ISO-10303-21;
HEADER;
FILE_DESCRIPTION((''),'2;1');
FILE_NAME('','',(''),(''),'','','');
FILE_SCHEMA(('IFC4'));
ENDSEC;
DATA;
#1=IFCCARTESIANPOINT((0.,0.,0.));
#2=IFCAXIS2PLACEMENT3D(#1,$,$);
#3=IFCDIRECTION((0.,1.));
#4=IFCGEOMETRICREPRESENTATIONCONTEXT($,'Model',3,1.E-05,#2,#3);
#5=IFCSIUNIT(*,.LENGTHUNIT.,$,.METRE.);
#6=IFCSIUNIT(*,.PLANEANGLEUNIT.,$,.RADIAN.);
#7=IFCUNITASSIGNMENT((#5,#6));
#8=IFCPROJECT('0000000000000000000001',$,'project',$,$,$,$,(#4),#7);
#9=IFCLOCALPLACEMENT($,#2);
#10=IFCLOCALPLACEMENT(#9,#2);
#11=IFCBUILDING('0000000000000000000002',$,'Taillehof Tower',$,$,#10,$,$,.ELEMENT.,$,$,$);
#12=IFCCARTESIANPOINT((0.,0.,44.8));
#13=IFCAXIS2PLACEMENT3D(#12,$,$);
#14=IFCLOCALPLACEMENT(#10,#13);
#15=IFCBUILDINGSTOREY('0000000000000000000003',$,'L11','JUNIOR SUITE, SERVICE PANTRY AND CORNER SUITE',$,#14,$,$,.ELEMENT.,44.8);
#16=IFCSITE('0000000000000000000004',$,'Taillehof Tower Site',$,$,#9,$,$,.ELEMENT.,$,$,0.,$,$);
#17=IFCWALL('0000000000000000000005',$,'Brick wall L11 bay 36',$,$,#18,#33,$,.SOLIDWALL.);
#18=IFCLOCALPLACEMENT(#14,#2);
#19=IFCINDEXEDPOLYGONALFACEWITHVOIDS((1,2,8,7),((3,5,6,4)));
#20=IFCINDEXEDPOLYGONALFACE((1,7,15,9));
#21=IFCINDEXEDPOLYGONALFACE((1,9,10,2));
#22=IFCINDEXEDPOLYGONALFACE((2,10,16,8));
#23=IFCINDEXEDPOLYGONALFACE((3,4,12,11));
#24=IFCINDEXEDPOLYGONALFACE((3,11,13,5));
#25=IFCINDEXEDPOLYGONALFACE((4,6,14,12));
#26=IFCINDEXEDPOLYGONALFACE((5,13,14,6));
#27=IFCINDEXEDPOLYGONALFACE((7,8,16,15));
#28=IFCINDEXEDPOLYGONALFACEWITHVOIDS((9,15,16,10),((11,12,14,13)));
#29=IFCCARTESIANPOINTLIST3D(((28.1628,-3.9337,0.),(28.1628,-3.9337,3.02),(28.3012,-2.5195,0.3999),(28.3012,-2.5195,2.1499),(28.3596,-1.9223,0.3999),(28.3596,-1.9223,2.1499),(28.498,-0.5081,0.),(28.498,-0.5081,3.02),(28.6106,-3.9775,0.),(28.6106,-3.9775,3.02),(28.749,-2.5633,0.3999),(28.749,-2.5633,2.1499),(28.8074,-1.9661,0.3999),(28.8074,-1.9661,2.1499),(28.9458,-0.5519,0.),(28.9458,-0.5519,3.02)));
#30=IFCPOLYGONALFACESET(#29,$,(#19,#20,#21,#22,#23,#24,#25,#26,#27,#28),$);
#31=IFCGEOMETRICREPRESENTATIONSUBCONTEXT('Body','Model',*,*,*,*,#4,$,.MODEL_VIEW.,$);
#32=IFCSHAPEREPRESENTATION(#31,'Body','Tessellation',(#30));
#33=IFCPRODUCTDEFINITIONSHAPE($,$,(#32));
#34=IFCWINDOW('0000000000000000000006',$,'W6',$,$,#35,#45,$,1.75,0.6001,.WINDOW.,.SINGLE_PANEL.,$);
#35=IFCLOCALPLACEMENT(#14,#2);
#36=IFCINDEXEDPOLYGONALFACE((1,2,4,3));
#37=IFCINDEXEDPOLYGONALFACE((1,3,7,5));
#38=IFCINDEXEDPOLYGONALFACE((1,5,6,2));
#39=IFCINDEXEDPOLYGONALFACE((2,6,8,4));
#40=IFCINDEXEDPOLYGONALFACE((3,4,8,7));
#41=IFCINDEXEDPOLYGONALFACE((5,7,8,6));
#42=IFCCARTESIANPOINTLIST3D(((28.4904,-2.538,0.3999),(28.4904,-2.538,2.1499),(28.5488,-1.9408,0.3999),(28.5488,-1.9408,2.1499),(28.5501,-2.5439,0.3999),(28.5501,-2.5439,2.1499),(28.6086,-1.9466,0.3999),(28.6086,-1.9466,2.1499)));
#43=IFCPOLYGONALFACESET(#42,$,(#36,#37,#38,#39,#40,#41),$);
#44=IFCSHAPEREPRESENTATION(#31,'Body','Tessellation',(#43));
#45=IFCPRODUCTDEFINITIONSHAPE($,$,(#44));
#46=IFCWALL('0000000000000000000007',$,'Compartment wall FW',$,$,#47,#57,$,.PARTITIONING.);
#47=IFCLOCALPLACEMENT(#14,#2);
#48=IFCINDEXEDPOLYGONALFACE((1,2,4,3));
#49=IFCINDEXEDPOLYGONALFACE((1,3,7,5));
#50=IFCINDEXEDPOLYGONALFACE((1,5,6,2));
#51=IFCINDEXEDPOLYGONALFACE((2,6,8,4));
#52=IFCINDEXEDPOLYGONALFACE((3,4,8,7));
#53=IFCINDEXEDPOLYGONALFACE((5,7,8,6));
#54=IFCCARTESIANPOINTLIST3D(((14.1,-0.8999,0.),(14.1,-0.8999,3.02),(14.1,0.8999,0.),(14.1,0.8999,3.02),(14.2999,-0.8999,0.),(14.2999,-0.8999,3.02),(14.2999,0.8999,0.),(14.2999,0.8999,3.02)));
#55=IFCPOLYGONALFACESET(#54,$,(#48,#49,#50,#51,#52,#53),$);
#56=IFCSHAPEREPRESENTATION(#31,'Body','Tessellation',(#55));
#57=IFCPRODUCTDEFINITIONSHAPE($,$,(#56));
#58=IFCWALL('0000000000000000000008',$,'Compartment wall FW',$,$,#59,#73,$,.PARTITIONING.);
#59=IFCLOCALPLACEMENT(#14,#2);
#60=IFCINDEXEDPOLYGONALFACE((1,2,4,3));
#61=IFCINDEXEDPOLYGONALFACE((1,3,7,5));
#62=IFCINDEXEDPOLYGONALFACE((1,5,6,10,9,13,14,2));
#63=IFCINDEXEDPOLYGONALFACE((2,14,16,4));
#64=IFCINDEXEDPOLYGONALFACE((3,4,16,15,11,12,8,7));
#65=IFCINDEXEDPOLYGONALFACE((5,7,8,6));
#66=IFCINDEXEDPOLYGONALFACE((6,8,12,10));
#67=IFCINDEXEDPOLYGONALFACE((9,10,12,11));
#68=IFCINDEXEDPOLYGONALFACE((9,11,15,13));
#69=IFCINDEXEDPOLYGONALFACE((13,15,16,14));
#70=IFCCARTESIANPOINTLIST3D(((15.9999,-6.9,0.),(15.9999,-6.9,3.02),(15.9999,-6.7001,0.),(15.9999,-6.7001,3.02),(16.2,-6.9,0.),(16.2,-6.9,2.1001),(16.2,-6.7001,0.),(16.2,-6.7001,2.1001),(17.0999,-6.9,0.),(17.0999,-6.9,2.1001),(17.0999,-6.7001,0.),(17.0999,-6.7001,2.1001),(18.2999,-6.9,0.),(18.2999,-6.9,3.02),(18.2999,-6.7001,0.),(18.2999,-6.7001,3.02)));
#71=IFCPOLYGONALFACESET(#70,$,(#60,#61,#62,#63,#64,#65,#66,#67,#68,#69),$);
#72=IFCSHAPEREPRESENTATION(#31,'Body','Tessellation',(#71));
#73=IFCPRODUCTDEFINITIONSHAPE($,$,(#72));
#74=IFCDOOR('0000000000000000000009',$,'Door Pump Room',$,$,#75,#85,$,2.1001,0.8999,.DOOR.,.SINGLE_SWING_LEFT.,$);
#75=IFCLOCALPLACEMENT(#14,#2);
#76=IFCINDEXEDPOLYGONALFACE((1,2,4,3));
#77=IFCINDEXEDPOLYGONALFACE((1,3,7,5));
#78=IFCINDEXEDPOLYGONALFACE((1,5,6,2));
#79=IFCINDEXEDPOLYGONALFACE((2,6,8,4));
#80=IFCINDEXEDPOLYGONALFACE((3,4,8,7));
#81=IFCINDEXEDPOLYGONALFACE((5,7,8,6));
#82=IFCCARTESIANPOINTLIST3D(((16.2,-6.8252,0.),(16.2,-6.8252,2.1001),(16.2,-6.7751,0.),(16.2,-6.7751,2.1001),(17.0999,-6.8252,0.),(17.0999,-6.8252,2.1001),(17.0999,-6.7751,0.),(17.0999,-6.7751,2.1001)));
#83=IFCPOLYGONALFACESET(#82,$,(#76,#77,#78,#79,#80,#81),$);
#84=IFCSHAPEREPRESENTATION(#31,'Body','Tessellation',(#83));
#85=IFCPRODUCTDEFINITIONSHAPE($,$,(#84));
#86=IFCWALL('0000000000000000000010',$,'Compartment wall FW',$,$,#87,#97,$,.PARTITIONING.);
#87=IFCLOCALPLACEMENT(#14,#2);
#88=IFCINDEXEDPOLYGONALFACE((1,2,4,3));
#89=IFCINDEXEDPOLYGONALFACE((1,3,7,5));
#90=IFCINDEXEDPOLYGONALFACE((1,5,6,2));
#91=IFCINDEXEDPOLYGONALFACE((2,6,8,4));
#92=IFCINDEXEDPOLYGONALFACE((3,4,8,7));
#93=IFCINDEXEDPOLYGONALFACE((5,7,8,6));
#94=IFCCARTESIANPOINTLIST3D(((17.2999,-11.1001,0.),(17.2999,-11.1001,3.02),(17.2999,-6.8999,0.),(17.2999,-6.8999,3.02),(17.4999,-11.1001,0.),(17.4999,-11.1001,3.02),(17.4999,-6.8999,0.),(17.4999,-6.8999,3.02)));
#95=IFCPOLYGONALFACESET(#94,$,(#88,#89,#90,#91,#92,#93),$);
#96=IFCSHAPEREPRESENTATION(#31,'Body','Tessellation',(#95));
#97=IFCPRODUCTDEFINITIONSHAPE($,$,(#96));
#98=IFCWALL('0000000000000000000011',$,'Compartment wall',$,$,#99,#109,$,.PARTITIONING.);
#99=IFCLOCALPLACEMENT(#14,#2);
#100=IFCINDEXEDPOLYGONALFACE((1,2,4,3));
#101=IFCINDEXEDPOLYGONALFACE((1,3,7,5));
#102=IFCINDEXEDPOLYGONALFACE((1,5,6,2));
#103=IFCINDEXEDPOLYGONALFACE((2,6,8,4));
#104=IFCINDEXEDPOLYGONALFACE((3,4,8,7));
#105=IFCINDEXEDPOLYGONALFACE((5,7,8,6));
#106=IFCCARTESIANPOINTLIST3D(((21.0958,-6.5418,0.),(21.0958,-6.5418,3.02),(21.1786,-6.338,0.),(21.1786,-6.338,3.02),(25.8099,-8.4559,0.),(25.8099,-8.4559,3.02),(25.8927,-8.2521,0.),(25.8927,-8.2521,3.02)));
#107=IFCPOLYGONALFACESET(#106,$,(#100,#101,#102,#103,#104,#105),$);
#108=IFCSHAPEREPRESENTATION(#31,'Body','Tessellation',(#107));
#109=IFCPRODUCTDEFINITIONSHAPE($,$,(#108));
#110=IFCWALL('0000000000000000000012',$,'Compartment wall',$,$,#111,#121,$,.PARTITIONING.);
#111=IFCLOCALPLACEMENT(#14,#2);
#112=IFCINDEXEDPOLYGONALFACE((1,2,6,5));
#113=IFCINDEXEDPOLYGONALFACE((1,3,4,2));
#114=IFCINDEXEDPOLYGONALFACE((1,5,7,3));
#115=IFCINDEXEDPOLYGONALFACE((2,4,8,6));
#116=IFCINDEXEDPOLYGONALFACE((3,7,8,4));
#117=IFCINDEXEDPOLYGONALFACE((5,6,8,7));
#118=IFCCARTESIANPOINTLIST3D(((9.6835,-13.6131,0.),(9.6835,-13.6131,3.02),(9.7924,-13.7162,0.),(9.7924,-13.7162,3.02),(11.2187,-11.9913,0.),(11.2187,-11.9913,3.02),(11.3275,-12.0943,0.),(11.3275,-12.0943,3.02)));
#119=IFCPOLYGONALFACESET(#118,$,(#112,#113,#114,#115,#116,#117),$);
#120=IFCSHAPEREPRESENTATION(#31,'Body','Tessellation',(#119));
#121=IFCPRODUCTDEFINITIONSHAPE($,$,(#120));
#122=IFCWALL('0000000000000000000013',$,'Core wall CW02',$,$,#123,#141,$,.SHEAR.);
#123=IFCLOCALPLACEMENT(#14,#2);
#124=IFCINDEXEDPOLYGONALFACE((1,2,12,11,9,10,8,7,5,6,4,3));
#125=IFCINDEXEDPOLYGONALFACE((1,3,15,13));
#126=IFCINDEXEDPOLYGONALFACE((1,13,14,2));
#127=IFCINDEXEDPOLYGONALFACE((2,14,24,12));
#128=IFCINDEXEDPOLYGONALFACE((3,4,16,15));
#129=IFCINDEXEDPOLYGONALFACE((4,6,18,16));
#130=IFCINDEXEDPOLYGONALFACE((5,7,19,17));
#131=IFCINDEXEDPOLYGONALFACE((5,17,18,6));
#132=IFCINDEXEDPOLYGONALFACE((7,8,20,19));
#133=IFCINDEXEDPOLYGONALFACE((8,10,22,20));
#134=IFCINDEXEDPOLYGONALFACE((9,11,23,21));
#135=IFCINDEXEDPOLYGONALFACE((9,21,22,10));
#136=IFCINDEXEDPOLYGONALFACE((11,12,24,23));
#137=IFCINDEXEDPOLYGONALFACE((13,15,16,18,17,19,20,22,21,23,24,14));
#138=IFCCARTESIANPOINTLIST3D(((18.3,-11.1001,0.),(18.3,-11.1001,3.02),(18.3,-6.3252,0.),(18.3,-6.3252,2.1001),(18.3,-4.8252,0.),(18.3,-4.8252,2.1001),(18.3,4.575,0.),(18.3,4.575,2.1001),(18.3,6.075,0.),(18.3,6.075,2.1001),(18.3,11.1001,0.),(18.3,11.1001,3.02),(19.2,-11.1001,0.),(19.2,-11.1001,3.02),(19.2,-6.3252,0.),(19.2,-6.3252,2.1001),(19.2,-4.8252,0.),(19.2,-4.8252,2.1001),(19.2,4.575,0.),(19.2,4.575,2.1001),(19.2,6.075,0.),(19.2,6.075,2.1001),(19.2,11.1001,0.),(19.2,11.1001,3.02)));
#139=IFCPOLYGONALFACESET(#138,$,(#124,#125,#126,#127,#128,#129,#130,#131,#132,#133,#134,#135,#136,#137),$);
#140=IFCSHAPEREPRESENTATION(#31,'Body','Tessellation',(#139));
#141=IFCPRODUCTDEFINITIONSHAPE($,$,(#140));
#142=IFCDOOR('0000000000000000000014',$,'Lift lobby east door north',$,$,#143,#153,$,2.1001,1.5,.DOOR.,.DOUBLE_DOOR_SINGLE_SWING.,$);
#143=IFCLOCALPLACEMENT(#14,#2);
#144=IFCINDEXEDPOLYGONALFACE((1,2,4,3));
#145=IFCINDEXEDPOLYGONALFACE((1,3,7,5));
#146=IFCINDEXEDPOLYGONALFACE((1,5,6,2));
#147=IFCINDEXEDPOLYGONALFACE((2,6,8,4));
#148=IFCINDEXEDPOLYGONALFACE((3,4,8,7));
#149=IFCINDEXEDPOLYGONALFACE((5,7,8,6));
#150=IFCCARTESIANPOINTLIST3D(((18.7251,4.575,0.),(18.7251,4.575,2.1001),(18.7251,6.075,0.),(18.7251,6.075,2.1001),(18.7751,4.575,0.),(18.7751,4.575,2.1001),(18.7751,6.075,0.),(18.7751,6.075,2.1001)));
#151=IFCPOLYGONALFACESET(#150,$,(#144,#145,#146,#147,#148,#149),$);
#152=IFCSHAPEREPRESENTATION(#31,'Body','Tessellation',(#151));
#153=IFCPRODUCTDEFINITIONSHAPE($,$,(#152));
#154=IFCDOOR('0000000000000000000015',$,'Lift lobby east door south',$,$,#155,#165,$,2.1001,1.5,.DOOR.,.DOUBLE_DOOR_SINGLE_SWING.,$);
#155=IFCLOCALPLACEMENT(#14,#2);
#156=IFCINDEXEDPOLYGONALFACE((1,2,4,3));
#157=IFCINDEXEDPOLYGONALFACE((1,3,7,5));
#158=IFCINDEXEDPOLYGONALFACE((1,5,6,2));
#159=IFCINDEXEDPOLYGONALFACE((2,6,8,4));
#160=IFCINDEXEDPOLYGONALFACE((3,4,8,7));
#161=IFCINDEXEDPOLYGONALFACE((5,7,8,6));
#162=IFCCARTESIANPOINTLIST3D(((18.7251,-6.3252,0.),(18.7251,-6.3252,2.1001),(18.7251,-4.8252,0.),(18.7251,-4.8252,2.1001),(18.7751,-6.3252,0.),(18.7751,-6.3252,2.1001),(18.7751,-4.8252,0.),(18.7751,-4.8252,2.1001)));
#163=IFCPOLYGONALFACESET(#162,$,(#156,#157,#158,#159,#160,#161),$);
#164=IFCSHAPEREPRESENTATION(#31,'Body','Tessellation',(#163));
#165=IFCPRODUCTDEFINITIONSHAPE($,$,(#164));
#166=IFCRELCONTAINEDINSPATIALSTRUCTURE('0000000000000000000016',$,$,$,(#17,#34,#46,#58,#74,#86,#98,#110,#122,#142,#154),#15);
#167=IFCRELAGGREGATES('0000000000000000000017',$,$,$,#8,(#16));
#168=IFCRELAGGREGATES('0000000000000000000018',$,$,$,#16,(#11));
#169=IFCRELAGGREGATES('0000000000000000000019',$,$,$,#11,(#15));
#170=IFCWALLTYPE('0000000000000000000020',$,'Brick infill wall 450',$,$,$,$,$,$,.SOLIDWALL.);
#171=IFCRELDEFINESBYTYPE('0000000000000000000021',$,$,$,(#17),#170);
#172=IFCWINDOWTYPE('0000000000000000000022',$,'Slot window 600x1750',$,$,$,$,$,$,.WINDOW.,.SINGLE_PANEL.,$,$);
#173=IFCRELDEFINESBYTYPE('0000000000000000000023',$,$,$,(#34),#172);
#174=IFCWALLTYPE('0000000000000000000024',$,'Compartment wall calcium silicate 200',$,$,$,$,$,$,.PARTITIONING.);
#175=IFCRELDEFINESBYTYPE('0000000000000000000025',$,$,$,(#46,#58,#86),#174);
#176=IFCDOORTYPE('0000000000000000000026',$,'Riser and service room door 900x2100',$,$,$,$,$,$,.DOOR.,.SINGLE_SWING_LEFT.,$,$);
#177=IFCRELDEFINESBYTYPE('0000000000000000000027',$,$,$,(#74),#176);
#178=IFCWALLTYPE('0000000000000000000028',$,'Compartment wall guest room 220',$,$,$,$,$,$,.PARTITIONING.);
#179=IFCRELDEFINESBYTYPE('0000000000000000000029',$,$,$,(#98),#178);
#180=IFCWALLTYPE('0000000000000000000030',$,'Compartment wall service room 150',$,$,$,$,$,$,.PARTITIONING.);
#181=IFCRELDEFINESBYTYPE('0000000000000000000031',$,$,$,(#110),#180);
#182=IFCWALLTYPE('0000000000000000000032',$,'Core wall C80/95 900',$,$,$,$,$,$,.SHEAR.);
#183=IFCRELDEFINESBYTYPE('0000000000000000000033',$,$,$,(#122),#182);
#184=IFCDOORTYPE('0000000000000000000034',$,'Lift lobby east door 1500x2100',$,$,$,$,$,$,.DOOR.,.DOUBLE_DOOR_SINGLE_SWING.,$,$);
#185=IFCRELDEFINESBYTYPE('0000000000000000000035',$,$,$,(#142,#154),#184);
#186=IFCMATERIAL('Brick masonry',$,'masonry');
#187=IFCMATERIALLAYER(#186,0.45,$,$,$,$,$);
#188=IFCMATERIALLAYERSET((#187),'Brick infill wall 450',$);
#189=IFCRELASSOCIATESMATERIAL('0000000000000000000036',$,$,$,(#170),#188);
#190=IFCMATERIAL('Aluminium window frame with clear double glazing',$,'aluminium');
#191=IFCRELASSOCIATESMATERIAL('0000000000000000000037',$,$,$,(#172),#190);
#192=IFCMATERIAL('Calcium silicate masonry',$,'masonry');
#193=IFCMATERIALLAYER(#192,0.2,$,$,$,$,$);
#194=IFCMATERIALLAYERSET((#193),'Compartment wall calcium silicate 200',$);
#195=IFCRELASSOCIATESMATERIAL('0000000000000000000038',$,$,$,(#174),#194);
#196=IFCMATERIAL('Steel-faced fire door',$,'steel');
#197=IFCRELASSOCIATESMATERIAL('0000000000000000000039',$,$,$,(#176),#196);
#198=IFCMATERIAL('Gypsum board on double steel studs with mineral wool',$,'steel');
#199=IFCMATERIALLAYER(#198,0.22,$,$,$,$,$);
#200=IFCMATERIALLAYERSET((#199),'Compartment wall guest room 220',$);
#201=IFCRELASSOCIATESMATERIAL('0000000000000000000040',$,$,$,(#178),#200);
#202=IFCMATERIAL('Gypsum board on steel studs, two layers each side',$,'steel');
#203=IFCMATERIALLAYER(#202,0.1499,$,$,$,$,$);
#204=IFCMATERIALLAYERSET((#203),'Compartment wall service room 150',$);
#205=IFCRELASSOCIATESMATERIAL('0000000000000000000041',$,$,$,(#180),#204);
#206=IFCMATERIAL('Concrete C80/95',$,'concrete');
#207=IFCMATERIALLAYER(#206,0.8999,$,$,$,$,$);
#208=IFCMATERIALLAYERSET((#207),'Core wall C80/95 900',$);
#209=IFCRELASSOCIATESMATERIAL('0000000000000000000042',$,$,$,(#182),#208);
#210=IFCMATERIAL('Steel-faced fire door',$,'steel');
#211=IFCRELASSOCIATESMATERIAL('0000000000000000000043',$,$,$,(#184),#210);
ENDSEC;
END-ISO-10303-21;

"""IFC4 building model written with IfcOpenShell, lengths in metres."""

from ifc_helpers import new_model, si_unit, direction, frame, frame_2d, origin, place, context, subcontext, project, spatial, rectangle, extrude, material, layer, layer_set, type_object, element, fill, save


model = new_model("IFC4")

# Units and contexts
model_context = context("Model", 3, precision=1e-05, world=origin(), true_north=direction((0.0, 1.0)))
body_context = subcontext(model_context, "Body", "Model", "MODEL_VIEW")
ifc_project = project(units=[si_unit("LENGTHUNIT", "METRE"), si_unit("PLANEANGLEUNIT", "RADIAN")], contexts=[model_context])

# Site, building, storey
site_placement = place(None, origin())
site = spatial("IfcSite", under=ifc_project, at=site_placement, Name="Taillehof Tower Site", CompositionType="ELEMENT", RefElevation=0.0)
building_placement = place(site_placement, origin())
building = spatial("IfcBuilding", under=site, at=building_placement, Name="Taillehof Tower", CompositionType="ELEMENT")
storey_placement = place(building_placement, frame((0.0, 0.0, 44.8)))
storey = spatial("IfcBuildingStorey", under=building, at=storey_placement, Name="L11", Description="JUNIOR SUITE, SERVICE PANTRY AND CORNER SUITE", CompositionType="ELEMENT", Elevation=44.8)

# Shared definitions
ifc_material_1 = material(Name="Brick masonry", Category="masonry")
ifc_layer_1 = layer(ifc_material_1, 0.45)
ifc_layer_set_1 = layer_set([ifc_layer_1], Name="Brick infill wall 450")
wall_type_1 = type_object("IfcWallType", Name="Brick infill wall 450", PredefinedType="SOLIDWALL", material=ifc_layer_set_1)
ifc_material_2 = material(Name="Aluminium window frame with clear double glazing", Category="aluminium")
window_type = type_object("IfcWindowType", Name="Slot window 600x1750", PartitioningType="SINGLE_PANEL", PredefinedType="WINDOW", material=ifc_material_2)

# Wall, opening, window
wall_1_placement = place(storey_placement, frame((28.3867, -3.9556, 0.0), z_axis=(0.0, 0.0, 1.0), x_axis=(0.09739, 0.995246, 0.0)))
wall_1 = element("IfcWall", 1, at=wall_1_placement, inside=storey, type_object=wall_type_1, Name="Brick wall L11 bay 36", PredefinedType="SOLIDWALL", context=body_context, shape_type="SweptSolid", body=[
    extrude(rectangle(XDim=3.4419, YDim=0.45, at=frame_2d((1.7209, 0.0))), origin(), (0.0, 0.0, 1.0), 3.02),
])
opening_1_placement = place(wall_1_placement, frame((1.4209, 0.0, 0.3999)))
opening_1 = element("IfcOpeningElement", 2, at=opening_1_placement, cuts=wall_1, PredefinedType="OPENING", context=body_context, shape_type="SweptSolid", body=[
    extrude(rectangle(XDim=0.6001, YDim=1.75, at=frame_2d((0.3, 0.875))), frame((0.0, 0.2349, 0.0), z_axis=(0.0, -1.0, 0.0), x_axis=(1.0, 0.0, 0.0)), (0.0, 0.0, 1.0), 0.47),
])
window_1_placement = place(opening_1_placement, origin())
window_1 = element("IfcWindow", 3, at=window_1_placement, inside=storey, type_object=window_type, Name="W6", OverallHeight=1.75, OverallWidth=0.6001, PartitioningType="SINGLE_PANEL", PredefinedType="WINDOW", context=body_context, shape_type="SweptSolid", body=[
    extrude(rectangle(XDim=0.6001, YDim=1.75, at=frame_2d((0.3, 0.875))), frame((0.0, 0.0349, 0.0), z_axis=(0.0, -1.0, 0.0), x_axis=(1.0, 0.0, 0.0)), (0.0, 0.0, 1.0), 0.0601),
])
fill(opening_1, window_1)

# Wall
ifc_material_3 = material(Name="Calcium silicate masonry", Category="masonry")
ifc_layer_2 = layer(ifc_material_3, 0.2)
ifc_layer_set_2 = layer_set([ifc_layer_2], Name="Compartment wall calcium silicate 200")
wall_type_2 = type_object("IfcWallType", Name="Compartment wall calcium silicate 200", PredefinedType="PARTITIONING", material=ifc_layer_set_2)
wall_2_placement = place(storey_placement, frame((14.2, -0.8999, 0.0), z_axis=(0.0, 0.0, 1.0), x_axis=(0.0, 1.0, 0.0)))
element("IfcWall", 4, at=wall_2_placement, inside=storey, type_object=wall_type_2, Name="Compartment wall FW", PredefinedType="PARTITIONING", context=body_context, shape_type="SweptSolid", body=[
    extrude(rectangle(XDim=1.7998, YDim=0.2, at=frame_2d((0.8999, 0.0))), origin(), (0.0, 0.0, 1.0), 3.02),
])

# Wall, opening, door
wall_3_placement = place(storey_placement, frame((16.0, -6.8, 0.0), z_axis=(0.0, 0.0, 1.0), x_axis=(1.0, 0.0, 0.0)))
wall_3 = element("IfcWall", 5, at=wall_3_placement, inside=storey, type_object=wall_type_2, Name="Compartment wall FW", PredefinedType="PARTITIONING", context=body_context, shape_type="SweptSolid", body=[
    extrude(rectangle(XDim=2.3, YDim=0.2, at=frame_2d((1.1499, 0.0))), origin(), (0.0, 0.0, 1.0), 3.02),
])
opening_2_placement = place(wall_3_placement, frame((0.2, 0.0, 0.0)))
opening_2 = element("IfcOpeningElement", 6, at=opening_2_placement, cuts=wall_3, PredefinedType="OPENING", context=body_context, shape_type="SweptSolid", body=[
    extrude(rectangle(XDim=0.8999, YDim=2.1001, at=frame_2d((0.45, 1.05))), frame((0.0, 0.1099, 0.0), z_axis=(0.0, -1.0, 0.0), x_axis=(1.0, 0.0, 0.0)), (0.0, 0.0, 1.0), 0.22),
])
ifc_material_4 = material(Name="Steel-faced fire door", Category="steel")
door_type_1 = type_object("IfcDoorType", Name="Riser and service room door 900x2100", OperationType="SINGLE_SWING_LEFT", PredefinedType="DOOR", material=ifc_material_4)
door_1_placement = place(opening_2_placement, origin())
door_1 = element("IfcDoor", 7, at=door_1_placement, inside=storey, type_object=door_type_1, Name="Door Pump Room", OperationType="SINGLE_SWING_LEFT", OverallHeight=2.1001, OverallWidth=0.8999, PredefinedType="DOOR", context=body_context, shape_type="SweptSolid", body=[
    extrude(rectangle(XDim=0.8999, YDim=2.1001, at=frame_2d((0.45, 1.05))), frame((0.0, 0.0249, 0.0), z_axis=(0.0, -1.0, 0.0), x_axis=(1.0, 0.0, 0.0)), (0.0, 0.0, 1.0), 0.05),
])
fill(opening_2, door_1)

# Walls
wall_4_placement = place(storey_placement, frame((17.3999, -11.1001, 0.0), z_axis=(0.0, 0.0, 1.0), x_axis=(0.0, 1.0, 0.0)))
element("IfcWall", 8, at=wall_4_placement, inside=storey, type_object=wall_type_2, Name="Compartment wall FW", PredefinedType="PARTITIONING", context=body_context, shape_type="SweptSolid", body=[
    extrude(rectangle(XDim=4.2002, YDim=0.2, at=frame_2d((2.1001, 0.0))), origin(), (0.0, 0.0, 1.0), 3.02),
])
ifc_material_5 = material(Name="Gypsum board on double steel studs with mineral wool", Category="steel")
ifc_layer_3 = layer(ifc_material_5, 0.22)
ifc_layer_set_3 = layer_set([ifc_layer_3], Name="Compartment wall guest room 220")
wall_type_3 = type_object("IfcWallType", Name="Compartment wall guest room 220", PredefinedType="PARTITIONING", material=ifc_layer_set_3)
wall_5_placement = place(storey_placement, frame((25.8513, -8.354, 0.0), z_axis=(0.0, 0.0, 1.0), x_axis=(-0.926538, 0.376201, 0.0)))
element("IfcWall", 9, at=wall_5_placement, inside=storey, type_object=wall_type_3, Name="Compartment wall", PredefinedType="PARTITIONING", context=body_context, shape_type="SweptSolid", body=[
    extrude(rectangle(XDim=5.0879, YDim=0.22, at=frame_2d((2.5439, 0.0))), origin(), (0.0, 0.0, 1.0), 3.02),
])
ifc_material_6 = material(Name="Gypsum board on steel studs, two layers each side", Category="steel")
ifc_layer_4 = layer(ifc_material_6, 0.1499)
ifc_layer_set_4 = layer_set([ifc_layer_4], Name="Compartment wall service room 150")
wall_type_4 = type_object("IfcWallType", Name="Compartment wall service room 150", PredefinedType="PARTITIONING", material=ifc_layer_set_4)
wall_6_placement = place(storey_placement, frame((11.2732, -12.0427, 0.0), z_axis=(0.0, 0.0, 1.0), x_axis=(-0.687435, -0.726246, 0.0)))
element("IfcWall", 10, at=wall_6_placement, inside=storey, type_object=wall_type_4, Name="Compartment wall", PredefinedType="PARTITIONING", context=body_context, shape_type="SweptSolid", body=[
    extrude(rectangle(XDim=2.2332, YDim=0.1499, at=frame_2d((1.1167, 0.0))), origin(), (0.0, 0.0, 1.0), 3.02),
])

# Wall, openings, doors
ifc_material_7 = material(Name="Concrete C80/95", Category="concrete")
ifc_layer_5 = layer(ifc_material_7, 0.8999)
ifc_layer_set_5 = layer_set([ifc_layer_5], Name="Core wall C80/95 900")
wall_type_5 = type_object("IfcWallType", Name="Core wall C80/95 900", PredefinedType="SHEAR", material=ifc_layer_set_5)
wall_7_placement = place(storey_placement, frame((18.75, -11.1001, 0.0), z_axis=(0.0, 0.0, 1.0), x_axis=(0.0, 1.0, 0.0)))
wall_7 = element("IfcWall", 11, at=wall_7_placement, inside=storey, type_object=wall_type_5, Name="Core wall CW02", PredefinedType="SHEAR", context=body_context, shape_type="SweptSolid", body=[
    extrude(rectangle(XDim=22.2002, YDim=0.8999, at=frame_2d((11.1001, 0.0))), origin(), (0.0, 0.0, 1.0), 3.02),
])
opening_3_placement = place(wall_7_placement, frame((15.675, 0.0, 0.0)))
opening_3 = element("IfcOpeningElement", 12, at=opening_3_placement, cuts=wall_7, PredefinedType="OPENING", context=body_context, shape_type="SweptSolid", body=[
    extrude(rectangle(XDim=1.5, YDim=2.1001, at=frame_2d((0.75, 1.05))), frame((0.0, 0.46, 0.0), z_axis=(0.0, -1.0, 0.0), x_axis=(1.0, 0.0, 0.0)), (0.0, 0.0, 1.0), 0.9199),
])
opening_4_placement = place(wall_7_placement, frame((4.7749, 0.0, 0.0)))
opening_4 = element("IfcOpeningElement", 13, at=opening_4_placement, cuts=wall_7, PredefinedType="OPENING", context=body_context, shape_type="SweptSolid", body=[
    extrude(rectangle(XDim=1.5, YDim=2.1001, at=frame_2d((0.75, 1.05))), frame((0.0, 0.46, 0.0), z_axis=(0.0, -1.0, 0.0), x_axis=(1.0, 0.0, 0.0)), (0.0, 0.0, 1.0), 0.9199),
])
ifc_material_8 = material(Name="Steel-faced fire door", Category="steel")
door_type_2 = type_object("IfcDoorType", Name="Lift lobby east door 1500x2100", OperationType="DOUBLE_DOOR_SINGLE_SWING", PredefinedType="DOOR", material=ifc_material_8)
door_2_placement = place(opening_3_placement, origin())
door_2 = element("IfcDoor", 14, at=door_2_placement, inside=storey, type_object=door_type_2, Name="Lift lobby east door north", OperationType="DOUBLE_DOOR_SINGLE_SWING", OverallHeight=2.1001, OverallWidth=1.5, PredefinedType="DOOR", context=body_context, shape_type="SweptSolid", body=[
    extrude(rectangle(XDim=1.5, YDim=2.1001, at=frame_2d((0.75, 1.05))), frame((0.0, 0.0249, 0.0), z_axis=(0.0, -1.0, 0.0), x_axis=(1.0, 0.0, 0.0)), (0.0, 0.0, 1.0), 0.05),
])
fill(opening_3, door_2)
door_3_placement = place(opening_4_placement, origin())
door_3 = element("IfcDoor", 15, at=door_3_placement, inside=storey, type_object=door_type_2, Name="Lift lobby east door south", OperationType="DOUBLE_DOOR_SINGLE_SWING", OverallHeight=2.1001, OverallWidth=1.5, PredefinedType="DOOR", context=body_context, shape_type="SweptSolid", body=[
    extrude(rectangle(XDim=1.5, YDim=2.1001, at=frame_2d((0.75, 1.05))), frame((0.0, 0.0249, 0.0), z_axis=(0.0, -1.0, 0.0), x_axis=(1.0, 0.0, 0.0)), (0.0, 0.0, 1.0), 0.05),
])
fill(opening_4, door_3)

save(model, "model.ifc")
